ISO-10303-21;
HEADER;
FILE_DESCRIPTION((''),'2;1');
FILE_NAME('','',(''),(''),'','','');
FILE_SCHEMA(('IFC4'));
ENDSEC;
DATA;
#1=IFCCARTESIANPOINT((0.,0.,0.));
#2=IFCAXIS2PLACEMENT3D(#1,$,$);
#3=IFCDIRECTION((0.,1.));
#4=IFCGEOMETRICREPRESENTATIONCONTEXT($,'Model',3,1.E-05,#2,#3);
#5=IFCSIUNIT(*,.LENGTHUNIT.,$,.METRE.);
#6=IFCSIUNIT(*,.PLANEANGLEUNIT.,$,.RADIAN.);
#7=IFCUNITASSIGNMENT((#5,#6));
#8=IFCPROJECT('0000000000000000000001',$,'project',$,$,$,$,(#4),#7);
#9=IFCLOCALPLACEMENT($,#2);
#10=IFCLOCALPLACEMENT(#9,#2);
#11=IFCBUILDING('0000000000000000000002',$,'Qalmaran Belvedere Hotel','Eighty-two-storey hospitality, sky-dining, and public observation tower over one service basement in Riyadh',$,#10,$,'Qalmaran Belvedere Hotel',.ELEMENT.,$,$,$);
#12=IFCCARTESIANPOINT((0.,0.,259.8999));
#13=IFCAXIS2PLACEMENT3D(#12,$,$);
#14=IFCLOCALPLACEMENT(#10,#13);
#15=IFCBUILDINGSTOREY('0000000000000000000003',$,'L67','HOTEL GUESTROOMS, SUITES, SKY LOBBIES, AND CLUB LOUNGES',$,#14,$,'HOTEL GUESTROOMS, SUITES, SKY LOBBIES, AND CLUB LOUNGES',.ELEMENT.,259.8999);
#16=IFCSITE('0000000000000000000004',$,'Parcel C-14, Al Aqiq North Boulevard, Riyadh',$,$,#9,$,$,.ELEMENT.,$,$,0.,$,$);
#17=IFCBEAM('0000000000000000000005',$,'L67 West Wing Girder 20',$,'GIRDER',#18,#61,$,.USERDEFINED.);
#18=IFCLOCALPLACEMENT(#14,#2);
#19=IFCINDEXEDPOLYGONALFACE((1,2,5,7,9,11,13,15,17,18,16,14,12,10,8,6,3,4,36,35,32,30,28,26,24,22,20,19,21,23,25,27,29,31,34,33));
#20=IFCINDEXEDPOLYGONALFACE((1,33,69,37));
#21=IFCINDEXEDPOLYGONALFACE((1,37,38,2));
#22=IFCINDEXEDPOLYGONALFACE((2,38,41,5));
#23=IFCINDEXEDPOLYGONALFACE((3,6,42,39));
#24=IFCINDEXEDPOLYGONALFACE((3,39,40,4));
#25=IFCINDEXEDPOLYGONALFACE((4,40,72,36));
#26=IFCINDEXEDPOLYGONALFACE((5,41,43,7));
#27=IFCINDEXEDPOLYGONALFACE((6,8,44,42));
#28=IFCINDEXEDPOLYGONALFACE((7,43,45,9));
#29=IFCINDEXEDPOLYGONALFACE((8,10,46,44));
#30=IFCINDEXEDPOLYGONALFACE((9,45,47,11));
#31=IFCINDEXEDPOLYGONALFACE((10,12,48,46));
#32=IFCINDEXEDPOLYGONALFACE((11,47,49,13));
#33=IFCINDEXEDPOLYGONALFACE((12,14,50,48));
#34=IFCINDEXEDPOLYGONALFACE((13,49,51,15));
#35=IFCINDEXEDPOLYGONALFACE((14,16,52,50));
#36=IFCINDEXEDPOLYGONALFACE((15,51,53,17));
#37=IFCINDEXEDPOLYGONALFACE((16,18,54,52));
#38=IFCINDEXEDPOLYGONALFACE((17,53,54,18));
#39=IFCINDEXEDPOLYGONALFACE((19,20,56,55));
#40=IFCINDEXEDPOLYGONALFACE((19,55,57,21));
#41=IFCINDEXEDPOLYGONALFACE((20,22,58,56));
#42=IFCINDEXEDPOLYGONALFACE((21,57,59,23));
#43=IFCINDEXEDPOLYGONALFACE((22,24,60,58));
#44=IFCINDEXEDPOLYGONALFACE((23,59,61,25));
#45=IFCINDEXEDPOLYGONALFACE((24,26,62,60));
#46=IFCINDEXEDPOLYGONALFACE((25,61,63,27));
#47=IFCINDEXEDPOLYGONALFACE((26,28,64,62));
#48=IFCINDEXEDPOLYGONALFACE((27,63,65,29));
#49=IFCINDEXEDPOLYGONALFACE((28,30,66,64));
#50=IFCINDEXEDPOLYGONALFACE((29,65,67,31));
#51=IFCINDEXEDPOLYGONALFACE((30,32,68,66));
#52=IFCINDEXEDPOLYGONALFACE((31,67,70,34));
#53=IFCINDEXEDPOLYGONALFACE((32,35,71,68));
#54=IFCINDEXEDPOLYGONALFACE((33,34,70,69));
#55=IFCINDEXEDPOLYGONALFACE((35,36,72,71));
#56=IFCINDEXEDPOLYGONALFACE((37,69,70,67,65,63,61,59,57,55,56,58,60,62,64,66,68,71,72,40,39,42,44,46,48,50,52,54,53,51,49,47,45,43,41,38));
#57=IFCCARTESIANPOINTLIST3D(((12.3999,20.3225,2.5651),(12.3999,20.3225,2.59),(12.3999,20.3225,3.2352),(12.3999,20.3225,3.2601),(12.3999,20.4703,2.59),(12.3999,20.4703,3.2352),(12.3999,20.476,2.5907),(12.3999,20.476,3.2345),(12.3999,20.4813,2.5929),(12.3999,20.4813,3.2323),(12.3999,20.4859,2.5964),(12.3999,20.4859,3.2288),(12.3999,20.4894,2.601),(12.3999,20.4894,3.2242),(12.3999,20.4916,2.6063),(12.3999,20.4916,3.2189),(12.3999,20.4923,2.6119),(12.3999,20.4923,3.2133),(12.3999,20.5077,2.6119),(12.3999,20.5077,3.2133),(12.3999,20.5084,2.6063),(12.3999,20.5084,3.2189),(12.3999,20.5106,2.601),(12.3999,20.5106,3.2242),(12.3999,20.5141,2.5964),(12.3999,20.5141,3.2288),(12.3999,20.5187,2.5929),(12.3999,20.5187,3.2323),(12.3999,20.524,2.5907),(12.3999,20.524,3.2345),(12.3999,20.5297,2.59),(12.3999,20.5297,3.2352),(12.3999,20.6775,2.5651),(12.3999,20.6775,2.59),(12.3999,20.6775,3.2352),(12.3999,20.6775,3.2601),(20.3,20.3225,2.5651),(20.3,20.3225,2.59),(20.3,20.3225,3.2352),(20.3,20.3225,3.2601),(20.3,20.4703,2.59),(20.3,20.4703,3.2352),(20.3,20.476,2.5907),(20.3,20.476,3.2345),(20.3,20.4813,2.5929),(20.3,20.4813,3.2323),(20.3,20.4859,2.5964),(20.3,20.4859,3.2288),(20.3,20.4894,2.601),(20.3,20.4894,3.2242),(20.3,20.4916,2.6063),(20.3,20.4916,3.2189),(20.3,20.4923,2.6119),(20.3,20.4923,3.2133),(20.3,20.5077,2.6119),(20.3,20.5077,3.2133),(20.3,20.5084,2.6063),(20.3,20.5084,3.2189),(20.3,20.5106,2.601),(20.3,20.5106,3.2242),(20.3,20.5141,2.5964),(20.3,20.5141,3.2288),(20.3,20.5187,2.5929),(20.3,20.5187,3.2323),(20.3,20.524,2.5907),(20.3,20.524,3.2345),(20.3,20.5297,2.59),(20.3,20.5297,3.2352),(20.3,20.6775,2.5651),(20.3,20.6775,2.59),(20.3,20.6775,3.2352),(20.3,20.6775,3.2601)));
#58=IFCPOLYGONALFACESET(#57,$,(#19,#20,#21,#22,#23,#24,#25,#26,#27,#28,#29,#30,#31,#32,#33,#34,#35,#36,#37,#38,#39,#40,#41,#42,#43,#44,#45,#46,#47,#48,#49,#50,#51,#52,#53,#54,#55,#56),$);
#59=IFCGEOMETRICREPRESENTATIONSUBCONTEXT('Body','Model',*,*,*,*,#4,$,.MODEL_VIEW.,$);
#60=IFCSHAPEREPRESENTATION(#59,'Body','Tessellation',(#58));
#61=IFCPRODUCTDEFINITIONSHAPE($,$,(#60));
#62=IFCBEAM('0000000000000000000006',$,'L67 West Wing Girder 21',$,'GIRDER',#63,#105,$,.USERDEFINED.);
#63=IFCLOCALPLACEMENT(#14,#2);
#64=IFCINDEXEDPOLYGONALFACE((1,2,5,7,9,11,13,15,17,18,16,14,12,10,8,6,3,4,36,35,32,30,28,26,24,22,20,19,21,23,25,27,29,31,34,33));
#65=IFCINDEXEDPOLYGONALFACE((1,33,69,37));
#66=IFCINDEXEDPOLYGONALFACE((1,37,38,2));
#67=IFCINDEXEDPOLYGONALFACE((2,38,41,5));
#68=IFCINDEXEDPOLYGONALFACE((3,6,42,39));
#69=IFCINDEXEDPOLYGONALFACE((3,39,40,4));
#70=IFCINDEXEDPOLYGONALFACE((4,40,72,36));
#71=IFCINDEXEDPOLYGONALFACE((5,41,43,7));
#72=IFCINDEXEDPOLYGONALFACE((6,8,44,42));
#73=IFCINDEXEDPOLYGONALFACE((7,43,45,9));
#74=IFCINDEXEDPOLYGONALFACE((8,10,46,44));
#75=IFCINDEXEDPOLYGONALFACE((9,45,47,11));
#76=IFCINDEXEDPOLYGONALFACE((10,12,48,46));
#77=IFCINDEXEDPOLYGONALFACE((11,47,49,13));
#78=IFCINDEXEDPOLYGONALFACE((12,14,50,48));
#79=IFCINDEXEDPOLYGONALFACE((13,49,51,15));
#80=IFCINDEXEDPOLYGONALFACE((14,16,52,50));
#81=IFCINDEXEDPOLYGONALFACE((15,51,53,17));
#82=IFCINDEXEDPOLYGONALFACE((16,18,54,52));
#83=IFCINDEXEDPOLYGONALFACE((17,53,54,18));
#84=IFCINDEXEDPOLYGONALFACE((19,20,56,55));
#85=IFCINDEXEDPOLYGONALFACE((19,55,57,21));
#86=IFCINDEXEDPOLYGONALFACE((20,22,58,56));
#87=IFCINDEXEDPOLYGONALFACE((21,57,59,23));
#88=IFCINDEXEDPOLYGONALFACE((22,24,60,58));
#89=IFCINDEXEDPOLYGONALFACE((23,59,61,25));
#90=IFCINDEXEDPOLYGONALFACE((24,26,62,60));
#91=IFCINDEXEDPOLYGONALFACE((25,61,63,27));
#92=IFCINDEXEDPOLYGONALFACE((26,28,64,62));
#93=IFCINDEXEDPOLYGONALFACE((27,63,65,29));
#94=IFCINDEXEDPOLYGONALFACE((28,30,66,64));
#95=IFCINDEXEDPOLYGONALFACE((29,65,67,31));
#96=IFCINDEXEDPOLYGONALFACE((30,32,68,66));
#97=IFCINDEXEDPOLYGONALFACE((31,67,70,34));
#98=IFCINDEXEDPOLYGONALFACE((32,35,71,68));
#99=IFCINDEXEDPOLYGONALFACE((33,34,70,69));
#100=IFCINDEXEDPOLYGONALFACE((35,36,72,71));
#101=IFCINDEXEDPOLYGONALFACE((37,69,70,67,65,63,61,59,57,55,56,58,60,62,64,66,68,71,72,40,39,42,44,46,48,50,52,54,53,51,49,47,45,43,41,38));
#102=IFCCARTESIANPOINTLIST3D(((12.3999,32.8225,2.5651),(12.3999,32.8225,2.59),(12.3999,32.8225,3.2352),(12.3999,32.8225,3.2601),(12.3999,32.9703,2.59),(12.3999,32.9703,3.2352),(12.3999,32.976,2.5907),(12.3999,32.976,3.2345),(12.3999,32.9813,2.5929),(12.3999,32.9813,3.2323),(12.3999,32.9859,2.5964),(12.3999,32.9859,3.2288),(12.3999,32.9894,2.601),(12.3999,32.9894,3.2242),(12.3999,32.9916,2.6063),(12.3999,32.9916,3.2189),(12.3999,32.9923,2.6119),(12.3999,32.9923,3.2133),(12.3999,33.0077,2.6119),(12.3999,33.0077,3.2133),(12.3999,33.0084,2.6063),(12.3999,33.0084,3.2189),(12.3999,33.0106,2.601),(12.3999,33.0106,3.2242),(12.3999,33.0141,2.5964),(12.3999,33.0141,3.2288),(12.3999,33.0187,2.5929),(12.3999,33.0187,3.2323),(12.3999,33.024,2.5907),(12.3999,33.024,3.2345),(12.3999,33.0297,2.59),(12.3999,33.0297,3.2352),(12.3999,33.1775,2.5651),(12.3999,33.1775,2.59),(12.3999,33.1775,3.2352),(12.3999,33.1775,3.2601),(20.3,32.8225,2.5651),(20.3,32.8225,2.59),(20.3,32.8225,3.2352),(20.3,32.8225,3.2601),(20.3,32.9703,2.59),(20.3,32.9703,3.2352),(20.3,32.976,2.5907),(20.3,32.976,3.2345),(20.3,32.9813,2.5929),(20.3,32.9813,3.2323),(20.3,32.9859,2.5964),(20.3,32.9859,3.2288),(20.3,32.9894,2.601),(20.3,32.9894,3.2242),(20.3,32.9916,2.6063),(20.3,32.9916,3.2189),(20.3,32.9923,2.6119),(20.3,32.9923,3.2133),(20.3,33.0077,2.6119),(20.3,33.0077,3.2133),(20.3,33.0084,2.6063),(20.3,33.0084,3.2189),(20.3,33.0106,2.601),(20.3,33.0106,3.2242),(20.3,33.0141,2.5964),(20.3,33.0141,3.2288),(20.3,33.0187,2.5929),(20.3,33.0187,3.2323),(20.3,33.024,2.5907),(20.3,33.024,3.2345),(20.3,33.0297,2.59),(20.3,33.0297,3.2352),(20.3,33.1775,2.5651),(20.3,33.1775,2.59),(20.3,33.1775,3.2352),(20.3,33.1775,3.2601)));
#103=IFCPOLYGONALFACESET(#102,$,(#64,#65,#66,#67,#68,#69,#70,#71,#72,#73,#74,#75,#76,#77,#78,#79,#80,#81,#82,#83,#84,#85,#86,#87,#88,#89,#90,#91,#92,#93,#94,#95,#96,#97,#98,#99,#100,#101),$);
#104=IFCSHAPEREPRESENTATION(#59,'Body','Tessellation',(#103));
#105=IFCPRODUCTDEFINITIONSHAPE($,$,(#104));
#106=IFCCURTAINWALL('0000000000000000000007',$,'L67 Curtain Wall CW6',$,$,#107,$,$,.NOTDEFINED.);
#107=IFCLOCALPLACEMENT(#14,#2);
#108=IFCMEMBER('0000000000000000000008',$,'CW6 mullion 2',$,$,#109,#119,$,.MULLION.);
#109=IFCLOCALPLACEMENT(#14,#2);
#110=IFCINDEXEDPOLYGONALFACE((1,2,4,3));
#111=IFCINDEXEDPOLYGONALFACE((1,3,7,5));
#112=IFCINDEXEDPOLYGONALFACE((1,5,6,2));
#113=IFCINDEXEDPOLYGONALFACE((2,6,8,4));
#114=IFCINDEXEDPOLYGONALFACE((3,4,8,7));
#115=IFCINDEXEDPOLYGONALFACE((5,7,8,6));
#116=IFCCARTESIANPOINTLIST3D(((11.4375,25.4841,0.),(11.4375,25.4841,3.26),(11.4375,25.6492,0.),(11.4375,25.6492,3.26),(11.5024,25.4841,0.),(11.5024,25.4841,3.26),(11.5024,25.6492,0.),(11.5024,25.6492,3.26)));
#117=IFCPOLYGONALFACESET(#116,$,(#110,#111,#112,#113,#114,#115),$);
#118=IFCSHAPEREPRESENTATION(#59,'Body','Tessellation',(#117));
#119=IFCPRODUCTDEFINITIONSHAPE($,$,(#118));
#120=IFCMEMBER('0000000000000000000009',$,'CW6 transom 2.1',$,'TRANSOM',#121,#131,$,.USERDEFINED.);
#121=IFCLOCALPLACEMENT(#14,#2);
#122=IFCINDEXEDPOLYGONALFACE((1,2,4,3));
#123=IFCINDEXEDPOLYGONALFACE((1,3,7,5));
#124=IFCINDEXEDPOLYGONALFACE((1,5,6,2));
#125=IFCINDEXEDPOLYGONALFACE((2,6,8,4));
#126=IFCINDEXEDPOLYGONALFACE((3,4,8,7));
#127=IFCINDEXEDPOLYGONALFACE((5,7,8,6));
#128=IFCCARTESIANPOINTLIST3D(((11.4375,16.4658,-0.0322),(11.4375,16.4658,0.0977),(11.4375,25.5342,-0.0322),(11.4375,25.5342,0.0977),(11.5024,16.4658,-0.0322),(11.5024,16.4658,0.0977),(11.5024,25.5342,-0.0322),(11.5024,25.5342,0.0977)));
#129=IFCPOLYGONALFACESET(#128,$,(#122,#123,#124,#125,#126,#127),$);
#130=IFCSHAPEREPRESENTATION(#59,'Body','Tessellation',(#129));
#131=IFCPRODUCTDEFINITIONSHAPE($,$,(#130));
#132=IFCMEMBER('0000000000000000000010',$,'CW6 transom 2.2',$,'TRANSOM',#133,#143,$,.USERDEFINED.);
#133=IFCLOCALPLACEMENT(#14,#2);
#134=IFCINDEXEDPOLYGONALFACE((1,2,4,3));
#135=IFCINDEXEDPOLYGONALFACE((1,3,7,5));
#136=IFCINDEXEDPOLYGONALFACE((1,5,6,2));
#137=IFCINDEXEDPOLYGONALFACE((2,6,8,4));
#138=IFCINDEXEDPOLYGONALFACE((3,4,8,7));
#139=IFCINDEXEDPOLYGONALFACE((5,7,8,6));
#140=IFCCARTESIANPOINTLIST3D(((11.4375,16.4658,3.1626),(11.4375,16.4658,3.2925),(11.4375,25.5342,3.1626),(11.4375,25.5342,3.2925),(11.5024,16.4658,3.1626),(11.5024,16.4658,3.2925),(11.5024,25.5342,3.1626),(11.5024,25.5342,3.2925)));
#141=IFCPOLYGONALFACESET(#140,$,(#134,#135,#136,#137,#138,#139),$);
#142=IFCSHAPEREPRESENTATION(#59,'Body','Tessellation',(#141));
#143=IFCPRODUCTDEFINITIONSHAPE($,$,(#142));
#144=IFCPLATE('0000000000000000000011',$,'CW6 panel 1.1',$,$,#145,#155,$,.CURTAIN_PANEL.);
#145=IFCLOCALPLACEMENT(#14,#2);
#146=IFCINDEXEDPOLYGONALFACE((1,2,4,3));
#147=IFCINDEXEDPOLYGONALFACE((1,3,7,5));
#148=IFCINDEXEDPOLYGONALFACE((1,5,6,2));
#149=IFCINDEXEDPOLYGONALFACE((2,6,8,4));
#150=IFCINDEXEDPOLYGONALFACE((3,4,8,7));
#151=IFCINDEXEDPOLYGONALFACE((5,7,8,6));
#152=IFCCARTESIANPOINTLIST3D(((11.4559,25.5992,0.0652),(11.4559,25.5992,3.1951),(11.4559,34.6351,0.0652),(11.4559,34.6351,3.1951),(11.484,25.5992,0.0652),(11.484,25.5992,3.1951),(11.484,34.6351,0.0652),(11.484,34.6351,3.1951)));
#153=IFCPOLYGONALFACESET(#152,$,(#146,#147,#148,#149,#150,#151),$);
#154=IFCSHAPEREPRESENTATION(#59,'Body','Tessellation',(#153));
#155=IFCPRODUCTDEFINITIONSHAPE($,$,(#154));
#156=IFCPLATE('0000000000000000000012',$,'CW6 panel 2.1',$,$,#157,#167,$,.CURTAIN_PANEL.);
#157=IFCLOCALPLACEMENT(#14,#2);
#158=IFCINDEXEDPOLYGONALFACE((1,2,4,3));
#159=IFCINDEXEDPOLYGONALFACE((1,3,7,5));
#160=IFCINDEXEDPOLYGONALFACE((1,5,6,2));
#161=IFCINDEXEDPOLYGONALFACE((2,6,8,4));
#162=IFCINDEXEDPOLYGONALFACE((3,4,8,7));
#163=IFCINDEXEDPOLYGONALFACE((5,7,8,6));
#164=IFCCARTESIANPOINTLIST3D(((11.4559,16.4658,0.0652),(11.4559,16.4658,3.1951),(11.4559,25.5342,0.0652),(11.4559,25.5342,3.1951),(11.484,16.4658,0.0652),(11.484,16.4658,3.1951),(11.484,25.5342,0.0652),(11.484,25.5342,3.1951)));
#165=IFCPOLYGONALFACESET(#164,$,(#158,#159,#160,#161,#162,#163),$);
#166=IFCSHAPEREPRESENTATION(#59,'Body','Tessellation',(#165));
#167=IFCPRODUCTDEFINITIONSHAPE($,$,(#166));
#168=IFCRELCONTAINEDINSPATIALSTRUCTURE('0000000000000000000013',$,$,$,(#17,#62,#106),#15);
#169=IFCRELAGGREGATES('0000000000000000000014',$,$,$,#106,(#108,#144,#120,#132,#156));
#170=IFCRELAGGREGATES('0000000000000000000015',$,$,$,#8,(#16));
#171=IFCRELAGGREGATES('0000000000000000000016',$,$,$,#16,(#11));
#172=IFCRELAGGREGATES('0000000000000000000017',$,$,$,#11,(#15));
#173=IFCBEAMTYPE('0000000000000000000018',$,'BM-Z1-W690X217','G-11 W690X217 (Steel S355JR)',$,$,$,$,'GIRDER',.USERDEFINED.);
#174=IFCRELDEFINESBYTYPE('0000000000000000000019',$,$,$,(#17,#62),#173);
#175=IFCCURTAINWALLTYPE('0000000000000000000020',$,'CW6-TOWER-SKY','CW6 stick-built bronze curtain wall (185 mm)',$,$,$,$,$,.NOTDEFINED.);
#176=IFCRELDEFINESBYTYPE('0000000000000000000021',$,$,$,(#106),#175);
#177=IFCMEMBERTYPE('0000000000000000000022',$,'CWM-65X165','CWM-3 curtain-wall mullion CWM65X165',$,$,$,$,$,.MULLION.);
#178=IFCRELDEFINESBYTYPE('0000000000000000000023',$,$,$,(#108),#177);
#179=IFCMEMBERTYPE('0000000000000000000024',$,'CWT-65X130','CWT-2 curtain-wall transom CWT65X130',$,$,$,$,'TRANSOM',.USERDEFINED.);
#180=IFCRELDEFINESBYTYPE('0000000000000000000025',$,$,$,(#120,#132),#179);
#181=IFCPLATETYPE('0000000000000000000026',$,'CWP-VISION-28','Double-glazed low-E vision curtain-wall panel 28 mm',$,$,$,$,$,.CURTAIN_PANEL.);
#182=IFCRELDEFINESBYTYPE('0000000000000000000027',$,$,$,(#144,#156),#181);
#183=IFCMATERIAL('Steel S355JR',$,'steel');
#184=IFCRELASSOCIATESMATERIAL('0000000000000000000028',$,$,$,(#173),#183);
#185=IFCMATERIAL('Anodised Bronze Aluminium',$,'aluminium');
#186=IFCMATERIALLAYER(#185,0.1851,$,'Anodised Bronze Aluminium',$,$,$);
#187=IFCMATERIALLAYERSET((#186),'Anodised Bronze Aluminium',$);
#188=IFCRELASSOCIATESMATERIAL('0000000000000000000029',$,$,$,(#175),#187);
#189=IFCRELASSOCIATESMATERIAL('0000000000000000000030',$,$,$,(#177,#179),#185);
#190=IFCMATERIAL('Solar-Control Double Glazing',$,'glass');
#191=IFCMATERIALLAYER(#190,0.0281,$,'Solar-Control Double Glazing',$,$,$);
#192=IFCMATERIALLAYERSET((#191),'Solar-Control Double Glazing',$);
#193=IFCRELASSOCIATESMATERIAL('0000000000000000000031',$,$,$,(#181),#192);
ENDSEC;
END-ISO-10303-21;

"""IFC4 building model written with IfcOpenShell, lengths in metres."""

from ifc_helpers import new_model, si_unit, direction, frame, origin, origin_2d, place, context, subcontext, project, spatial, rectangle, i_section, extrude, material, layer, layer_set, material_profile, profile_set, type_object, element, aggregate, save


model = new_model("IFC4")

# Units and contexts
model_context = context("Model", 3, precision=1e-05, world=origin(), true_north=direction((0.0, 1.0)))
body_context = subcontext(model_context, "Body", "Model", "MODEL_VIEW")
ifc_project = project(units=[si_unit("LENGTHUNIT", "METRE"), si_unit("PLANEANGLEUNIT", "RADIAN")], contexts=[model_context])

# Site, building, storey
site_placement = place(None, origin())
site = spatial("IfcSite", under=ifc_project, at=site_placement, Name="Parcel C-14, Al Aqiq North Boulevard, Riyadh", CompositionType="ELEMENT", RefElevation=0.0)
building_placement = place(site_placement, origin())
building = spatial("IfcBuilding", under=site, at=building_placement, Name="Qalmaran Belvedere Hotel", Description="Eighty-two-storey hospitality, sky-dining, and public observation tower over one service basement in Riyadh", LongName="Qalmaran Belvedere Hotel", CompositionType="ELEMENT")
storey_placement = place(building_placement, frame((0.0, 0.0, 259.8999)))
storey = spatial("IfcBuildingStorey", under=building, at=storey_placement, Name="L67", Description="HOTEL GUESTROOMS, SUITES, SKY LOBBIES, AND CLUB LOUNGES", LongName="HOTEL GUESTROOMS, SUITES, SKY LOBBIES, AND CLUB LOUNGES", CompositionType="ELEMENT", Elevation=259.8999)

# Beams
ifc_material_1 = material(Name="Steel S355JR", Category="steel")
ifc_material_profile_1 = material_profile(ifc_material_1, i_section(OverallWidth=0.355, OverallDepth=0.6951, WebThickness=0.0154, FlangeThickness=0.0249, FilletRadius=0.022, at=origin_2d()), Name="W690X217")
ifc_profile_set_1 = profile_set([ifc_material_profile_1], Name="Steel S355JR")
beam_type_1 = type_object("IfcBeamType", Name="BM-Z1-W690X217", Description="G-11 W690X217 (Steel S355JR)", ElementType="GIRDER", PredefinedType="USERDEFINED", material=ifc_profile_set_1)
for number, where, z_axis, x_axis, name in (
    (1, (12.3999, 20.5, 2.9126), (1.0, 0.0, 0.0), (0.0, 1.0, 0.0), "L67 West Wing Girder 20"),
    (2, (12.3999, 33.0, 2.9126), (1.0, 0.0, 0.0), (0.0, 1.0, 0.0), "L67 West Wing Girder 21"),
):
    element("IfcBeam", number, at=place(storey_placement, frame(where, z_axis=z_axis, x_axis=x_axis)), inside=storey, type_object=beam_type_1, Name=name, ObjectType="GIRDER", PredefinedType="USERDEFINED", context=body_context, shape_type="SweptSolid", body=[
        extrude(i_section(OverallWidth=0.355, OverallDepth=0.6951, WebThickness=0.0154, FlangeThickness=0.0249, FilletRadius=0.022, at=origin_2d()), origin(), (0.0, 0.0, 1.0), 7.9001),
    ])

# Curtain wall, members, plates
ifc_material_2 = material(Name="Anodised Bronze Aluminium", Category="aluminium")
ifc_layer_1 = layer(ifc_material_2, 0.1851, Name="Anodised Bronze Aluminium")
ifc_layer_set_1 = layer_set([ifc_layer_1], Name="Anodised Bronze Aluminium")
curtain_wall_type = type_object("IfcCurtainWallType", Name="CW6-TOWER-SKY", Description="CW6 stick-built bronze curtain wall (185 mm)", PredefinedType="NOTDEFINED", material=ifc_layer_set_1)
curtain_wall_placement = place(storey_placement, origin())
curtain_wall = element("IfcCurtainWall", 3, at=curtain_wall_placement, inside=storey, type_object=curtain_wall_type, Name="L67 Curtain Wall CW6", PredefinedType="NOTDEFINED")
ifc_material_profile_2 = material_profile(ifc_material_2, rectangle(XDim=0.0649, YDim=0.165, at=origin_2d()), Name="CWM65X165")
ifc_profile_set_2 = profile_set([ifc_material_profile_2], Name="Anodised Bronze Aluminium")
member_type_1 = type_object("IfcMemberType", Name="CWM-65X165", Description="CWM-3 curtain-wall mullion CWM65X165", PredefinedType="MULLION", material=ifc_profile_set_2)
member_1_placement = place(storey_placement, frame((11.47, 25.5667, 0.0), z_axis=(0.0, 0.0, 1.0), x_axis=(1.0, 0.0, 0.0)))
member_1 = element("IfcMember", 4, at=member_1_placement, type_object=member_type_1, Name="CW6 mullion 2", PredefinedType="MULLION", context=body_context, shape_type="SweptSolid", body=[
    extrude(rectangle(XDim=0.0649, YDim=0.165, at=origin_2d()), origin(), (0.0, 0.0, 1.0), 3.26),
])
ifc_material_profile_3 = material_profile(ifc_material_2, rectangle(XDim=0.0649, YDim=0.1299, at=origin_2d()), Name="CWT65X130")
ifc_profile_set_3 = profile_set([ifc_material_profile_3], Name="Anodised Bronze Aluminium")
member_type_2 = type_object("IfcMemberType", Name="CWT-65X130", Description="CWT-2 curtain-wall transom CWT65X130", ElementType="TRANSOM", PredefinedType="USERDEFINED", material=ifc_profile_set_3)
member_2_placement = place(storey_placement, frame((11.47, 25.5342, 0.0327), z_axis=(0.0, -1.0, 0.0), x_axis=(1.0, 0.0, 0.0)))
member_2 = element("IfcMember", 5, at=member_2_placement, type_object=member_type_2, Name="CW6 transom 2.1", ObjectType="TRANSOM", PredefinedType="USERDEFINED", context=body_context, shape_type="SweptSolid", body=[
    extrude(rectangle(XDim=0.0649, YDim=0.1299, at=origin_2d()), origin(), (0.0, 0.0, 1.0), 9.0684),
])
member_3_placement = place(storey_placement, frame((11.47, 25.5342, 3.2275), z_axis=(0.0, -1.0, 0.0), x_axis=(1.0, 0.0, 0.0)))
member_3 = element("IfcMember", 6, at=member_3_placement, type_object=member_type_2, Name="CW6 transom 2.2", ObjectType="TRANSOM", PredefinedType="USERDEFINED", context=body_context, shape_type="SweptSolid", body=[
    extrude(rectangle(XDim=0.0649, YDim=0.1299, at=origin_2d()), origin(), (0.0, 0.0, 1.0), 9.0684),
])
ifc_material_3 = material(Name="Solar-Control Double Glazing", Category="glass")
ifc_layer_2 = layer(ifc_material_3, 0.0281, Name="Solar-Control Double Glazing")
ifc_layer_set_2 = layer_set([ifc_layer_2], Name="Solar-Control Double Glazing")
plate_type = type_object("IfcPlateType", Name="CWP-VISION-28", Description="Double-glazed low-E vision curtain-wall panel 28 mm", PredefinedType="CURTAIN_PANEL", material=ifc_layer_set_2)
plate_1_placement = place(storey_placement, frame((11.47, 30.1172, 0.0652), z_axis=(0.0, 0.0, 1.0), x_axis=(0.0, -1.0, 0.0)))
plate_1 = element("IfcPlate", 7, at=plate_1_placement, type_object=plate_type, Name="CW6 panel 1.1", PredefinedType="CURTAIN_PANEL", context=body_context, shape_type="SweptSolid", body=[
    extrude(rectangle(XDim=9.0359, YDim=0.0281, at=origin_2d()), origin(), (0.0, 0.0, 1.0), 3.1299),
])
plate_2_placement = place(storey_placement, frame((11.47, 21.0, 0.0652), z_axis=(0.0, 0.0, 1.0), x_axis=(0.0, -1.0, 0.0)))
plate_2 = element("IfcPlate", 8, at=plate_2_placement, type_object=plate_type, Name="CW6 panel 2.1", PredefinedType="CURTAIN_PANEL", context=body_context, shape_type="SweptSolid", body=[
    extrude(rectangle(XDim=9.0684, YDim=0.0281, at=origin_2d()), origin(), (0.0, 0.0, 1.0), 3.1299),
])
aggregate(curtain_wall, [member_1, plate_1, member_2, member_3, plate_2])

save(model, "model.ifc")
